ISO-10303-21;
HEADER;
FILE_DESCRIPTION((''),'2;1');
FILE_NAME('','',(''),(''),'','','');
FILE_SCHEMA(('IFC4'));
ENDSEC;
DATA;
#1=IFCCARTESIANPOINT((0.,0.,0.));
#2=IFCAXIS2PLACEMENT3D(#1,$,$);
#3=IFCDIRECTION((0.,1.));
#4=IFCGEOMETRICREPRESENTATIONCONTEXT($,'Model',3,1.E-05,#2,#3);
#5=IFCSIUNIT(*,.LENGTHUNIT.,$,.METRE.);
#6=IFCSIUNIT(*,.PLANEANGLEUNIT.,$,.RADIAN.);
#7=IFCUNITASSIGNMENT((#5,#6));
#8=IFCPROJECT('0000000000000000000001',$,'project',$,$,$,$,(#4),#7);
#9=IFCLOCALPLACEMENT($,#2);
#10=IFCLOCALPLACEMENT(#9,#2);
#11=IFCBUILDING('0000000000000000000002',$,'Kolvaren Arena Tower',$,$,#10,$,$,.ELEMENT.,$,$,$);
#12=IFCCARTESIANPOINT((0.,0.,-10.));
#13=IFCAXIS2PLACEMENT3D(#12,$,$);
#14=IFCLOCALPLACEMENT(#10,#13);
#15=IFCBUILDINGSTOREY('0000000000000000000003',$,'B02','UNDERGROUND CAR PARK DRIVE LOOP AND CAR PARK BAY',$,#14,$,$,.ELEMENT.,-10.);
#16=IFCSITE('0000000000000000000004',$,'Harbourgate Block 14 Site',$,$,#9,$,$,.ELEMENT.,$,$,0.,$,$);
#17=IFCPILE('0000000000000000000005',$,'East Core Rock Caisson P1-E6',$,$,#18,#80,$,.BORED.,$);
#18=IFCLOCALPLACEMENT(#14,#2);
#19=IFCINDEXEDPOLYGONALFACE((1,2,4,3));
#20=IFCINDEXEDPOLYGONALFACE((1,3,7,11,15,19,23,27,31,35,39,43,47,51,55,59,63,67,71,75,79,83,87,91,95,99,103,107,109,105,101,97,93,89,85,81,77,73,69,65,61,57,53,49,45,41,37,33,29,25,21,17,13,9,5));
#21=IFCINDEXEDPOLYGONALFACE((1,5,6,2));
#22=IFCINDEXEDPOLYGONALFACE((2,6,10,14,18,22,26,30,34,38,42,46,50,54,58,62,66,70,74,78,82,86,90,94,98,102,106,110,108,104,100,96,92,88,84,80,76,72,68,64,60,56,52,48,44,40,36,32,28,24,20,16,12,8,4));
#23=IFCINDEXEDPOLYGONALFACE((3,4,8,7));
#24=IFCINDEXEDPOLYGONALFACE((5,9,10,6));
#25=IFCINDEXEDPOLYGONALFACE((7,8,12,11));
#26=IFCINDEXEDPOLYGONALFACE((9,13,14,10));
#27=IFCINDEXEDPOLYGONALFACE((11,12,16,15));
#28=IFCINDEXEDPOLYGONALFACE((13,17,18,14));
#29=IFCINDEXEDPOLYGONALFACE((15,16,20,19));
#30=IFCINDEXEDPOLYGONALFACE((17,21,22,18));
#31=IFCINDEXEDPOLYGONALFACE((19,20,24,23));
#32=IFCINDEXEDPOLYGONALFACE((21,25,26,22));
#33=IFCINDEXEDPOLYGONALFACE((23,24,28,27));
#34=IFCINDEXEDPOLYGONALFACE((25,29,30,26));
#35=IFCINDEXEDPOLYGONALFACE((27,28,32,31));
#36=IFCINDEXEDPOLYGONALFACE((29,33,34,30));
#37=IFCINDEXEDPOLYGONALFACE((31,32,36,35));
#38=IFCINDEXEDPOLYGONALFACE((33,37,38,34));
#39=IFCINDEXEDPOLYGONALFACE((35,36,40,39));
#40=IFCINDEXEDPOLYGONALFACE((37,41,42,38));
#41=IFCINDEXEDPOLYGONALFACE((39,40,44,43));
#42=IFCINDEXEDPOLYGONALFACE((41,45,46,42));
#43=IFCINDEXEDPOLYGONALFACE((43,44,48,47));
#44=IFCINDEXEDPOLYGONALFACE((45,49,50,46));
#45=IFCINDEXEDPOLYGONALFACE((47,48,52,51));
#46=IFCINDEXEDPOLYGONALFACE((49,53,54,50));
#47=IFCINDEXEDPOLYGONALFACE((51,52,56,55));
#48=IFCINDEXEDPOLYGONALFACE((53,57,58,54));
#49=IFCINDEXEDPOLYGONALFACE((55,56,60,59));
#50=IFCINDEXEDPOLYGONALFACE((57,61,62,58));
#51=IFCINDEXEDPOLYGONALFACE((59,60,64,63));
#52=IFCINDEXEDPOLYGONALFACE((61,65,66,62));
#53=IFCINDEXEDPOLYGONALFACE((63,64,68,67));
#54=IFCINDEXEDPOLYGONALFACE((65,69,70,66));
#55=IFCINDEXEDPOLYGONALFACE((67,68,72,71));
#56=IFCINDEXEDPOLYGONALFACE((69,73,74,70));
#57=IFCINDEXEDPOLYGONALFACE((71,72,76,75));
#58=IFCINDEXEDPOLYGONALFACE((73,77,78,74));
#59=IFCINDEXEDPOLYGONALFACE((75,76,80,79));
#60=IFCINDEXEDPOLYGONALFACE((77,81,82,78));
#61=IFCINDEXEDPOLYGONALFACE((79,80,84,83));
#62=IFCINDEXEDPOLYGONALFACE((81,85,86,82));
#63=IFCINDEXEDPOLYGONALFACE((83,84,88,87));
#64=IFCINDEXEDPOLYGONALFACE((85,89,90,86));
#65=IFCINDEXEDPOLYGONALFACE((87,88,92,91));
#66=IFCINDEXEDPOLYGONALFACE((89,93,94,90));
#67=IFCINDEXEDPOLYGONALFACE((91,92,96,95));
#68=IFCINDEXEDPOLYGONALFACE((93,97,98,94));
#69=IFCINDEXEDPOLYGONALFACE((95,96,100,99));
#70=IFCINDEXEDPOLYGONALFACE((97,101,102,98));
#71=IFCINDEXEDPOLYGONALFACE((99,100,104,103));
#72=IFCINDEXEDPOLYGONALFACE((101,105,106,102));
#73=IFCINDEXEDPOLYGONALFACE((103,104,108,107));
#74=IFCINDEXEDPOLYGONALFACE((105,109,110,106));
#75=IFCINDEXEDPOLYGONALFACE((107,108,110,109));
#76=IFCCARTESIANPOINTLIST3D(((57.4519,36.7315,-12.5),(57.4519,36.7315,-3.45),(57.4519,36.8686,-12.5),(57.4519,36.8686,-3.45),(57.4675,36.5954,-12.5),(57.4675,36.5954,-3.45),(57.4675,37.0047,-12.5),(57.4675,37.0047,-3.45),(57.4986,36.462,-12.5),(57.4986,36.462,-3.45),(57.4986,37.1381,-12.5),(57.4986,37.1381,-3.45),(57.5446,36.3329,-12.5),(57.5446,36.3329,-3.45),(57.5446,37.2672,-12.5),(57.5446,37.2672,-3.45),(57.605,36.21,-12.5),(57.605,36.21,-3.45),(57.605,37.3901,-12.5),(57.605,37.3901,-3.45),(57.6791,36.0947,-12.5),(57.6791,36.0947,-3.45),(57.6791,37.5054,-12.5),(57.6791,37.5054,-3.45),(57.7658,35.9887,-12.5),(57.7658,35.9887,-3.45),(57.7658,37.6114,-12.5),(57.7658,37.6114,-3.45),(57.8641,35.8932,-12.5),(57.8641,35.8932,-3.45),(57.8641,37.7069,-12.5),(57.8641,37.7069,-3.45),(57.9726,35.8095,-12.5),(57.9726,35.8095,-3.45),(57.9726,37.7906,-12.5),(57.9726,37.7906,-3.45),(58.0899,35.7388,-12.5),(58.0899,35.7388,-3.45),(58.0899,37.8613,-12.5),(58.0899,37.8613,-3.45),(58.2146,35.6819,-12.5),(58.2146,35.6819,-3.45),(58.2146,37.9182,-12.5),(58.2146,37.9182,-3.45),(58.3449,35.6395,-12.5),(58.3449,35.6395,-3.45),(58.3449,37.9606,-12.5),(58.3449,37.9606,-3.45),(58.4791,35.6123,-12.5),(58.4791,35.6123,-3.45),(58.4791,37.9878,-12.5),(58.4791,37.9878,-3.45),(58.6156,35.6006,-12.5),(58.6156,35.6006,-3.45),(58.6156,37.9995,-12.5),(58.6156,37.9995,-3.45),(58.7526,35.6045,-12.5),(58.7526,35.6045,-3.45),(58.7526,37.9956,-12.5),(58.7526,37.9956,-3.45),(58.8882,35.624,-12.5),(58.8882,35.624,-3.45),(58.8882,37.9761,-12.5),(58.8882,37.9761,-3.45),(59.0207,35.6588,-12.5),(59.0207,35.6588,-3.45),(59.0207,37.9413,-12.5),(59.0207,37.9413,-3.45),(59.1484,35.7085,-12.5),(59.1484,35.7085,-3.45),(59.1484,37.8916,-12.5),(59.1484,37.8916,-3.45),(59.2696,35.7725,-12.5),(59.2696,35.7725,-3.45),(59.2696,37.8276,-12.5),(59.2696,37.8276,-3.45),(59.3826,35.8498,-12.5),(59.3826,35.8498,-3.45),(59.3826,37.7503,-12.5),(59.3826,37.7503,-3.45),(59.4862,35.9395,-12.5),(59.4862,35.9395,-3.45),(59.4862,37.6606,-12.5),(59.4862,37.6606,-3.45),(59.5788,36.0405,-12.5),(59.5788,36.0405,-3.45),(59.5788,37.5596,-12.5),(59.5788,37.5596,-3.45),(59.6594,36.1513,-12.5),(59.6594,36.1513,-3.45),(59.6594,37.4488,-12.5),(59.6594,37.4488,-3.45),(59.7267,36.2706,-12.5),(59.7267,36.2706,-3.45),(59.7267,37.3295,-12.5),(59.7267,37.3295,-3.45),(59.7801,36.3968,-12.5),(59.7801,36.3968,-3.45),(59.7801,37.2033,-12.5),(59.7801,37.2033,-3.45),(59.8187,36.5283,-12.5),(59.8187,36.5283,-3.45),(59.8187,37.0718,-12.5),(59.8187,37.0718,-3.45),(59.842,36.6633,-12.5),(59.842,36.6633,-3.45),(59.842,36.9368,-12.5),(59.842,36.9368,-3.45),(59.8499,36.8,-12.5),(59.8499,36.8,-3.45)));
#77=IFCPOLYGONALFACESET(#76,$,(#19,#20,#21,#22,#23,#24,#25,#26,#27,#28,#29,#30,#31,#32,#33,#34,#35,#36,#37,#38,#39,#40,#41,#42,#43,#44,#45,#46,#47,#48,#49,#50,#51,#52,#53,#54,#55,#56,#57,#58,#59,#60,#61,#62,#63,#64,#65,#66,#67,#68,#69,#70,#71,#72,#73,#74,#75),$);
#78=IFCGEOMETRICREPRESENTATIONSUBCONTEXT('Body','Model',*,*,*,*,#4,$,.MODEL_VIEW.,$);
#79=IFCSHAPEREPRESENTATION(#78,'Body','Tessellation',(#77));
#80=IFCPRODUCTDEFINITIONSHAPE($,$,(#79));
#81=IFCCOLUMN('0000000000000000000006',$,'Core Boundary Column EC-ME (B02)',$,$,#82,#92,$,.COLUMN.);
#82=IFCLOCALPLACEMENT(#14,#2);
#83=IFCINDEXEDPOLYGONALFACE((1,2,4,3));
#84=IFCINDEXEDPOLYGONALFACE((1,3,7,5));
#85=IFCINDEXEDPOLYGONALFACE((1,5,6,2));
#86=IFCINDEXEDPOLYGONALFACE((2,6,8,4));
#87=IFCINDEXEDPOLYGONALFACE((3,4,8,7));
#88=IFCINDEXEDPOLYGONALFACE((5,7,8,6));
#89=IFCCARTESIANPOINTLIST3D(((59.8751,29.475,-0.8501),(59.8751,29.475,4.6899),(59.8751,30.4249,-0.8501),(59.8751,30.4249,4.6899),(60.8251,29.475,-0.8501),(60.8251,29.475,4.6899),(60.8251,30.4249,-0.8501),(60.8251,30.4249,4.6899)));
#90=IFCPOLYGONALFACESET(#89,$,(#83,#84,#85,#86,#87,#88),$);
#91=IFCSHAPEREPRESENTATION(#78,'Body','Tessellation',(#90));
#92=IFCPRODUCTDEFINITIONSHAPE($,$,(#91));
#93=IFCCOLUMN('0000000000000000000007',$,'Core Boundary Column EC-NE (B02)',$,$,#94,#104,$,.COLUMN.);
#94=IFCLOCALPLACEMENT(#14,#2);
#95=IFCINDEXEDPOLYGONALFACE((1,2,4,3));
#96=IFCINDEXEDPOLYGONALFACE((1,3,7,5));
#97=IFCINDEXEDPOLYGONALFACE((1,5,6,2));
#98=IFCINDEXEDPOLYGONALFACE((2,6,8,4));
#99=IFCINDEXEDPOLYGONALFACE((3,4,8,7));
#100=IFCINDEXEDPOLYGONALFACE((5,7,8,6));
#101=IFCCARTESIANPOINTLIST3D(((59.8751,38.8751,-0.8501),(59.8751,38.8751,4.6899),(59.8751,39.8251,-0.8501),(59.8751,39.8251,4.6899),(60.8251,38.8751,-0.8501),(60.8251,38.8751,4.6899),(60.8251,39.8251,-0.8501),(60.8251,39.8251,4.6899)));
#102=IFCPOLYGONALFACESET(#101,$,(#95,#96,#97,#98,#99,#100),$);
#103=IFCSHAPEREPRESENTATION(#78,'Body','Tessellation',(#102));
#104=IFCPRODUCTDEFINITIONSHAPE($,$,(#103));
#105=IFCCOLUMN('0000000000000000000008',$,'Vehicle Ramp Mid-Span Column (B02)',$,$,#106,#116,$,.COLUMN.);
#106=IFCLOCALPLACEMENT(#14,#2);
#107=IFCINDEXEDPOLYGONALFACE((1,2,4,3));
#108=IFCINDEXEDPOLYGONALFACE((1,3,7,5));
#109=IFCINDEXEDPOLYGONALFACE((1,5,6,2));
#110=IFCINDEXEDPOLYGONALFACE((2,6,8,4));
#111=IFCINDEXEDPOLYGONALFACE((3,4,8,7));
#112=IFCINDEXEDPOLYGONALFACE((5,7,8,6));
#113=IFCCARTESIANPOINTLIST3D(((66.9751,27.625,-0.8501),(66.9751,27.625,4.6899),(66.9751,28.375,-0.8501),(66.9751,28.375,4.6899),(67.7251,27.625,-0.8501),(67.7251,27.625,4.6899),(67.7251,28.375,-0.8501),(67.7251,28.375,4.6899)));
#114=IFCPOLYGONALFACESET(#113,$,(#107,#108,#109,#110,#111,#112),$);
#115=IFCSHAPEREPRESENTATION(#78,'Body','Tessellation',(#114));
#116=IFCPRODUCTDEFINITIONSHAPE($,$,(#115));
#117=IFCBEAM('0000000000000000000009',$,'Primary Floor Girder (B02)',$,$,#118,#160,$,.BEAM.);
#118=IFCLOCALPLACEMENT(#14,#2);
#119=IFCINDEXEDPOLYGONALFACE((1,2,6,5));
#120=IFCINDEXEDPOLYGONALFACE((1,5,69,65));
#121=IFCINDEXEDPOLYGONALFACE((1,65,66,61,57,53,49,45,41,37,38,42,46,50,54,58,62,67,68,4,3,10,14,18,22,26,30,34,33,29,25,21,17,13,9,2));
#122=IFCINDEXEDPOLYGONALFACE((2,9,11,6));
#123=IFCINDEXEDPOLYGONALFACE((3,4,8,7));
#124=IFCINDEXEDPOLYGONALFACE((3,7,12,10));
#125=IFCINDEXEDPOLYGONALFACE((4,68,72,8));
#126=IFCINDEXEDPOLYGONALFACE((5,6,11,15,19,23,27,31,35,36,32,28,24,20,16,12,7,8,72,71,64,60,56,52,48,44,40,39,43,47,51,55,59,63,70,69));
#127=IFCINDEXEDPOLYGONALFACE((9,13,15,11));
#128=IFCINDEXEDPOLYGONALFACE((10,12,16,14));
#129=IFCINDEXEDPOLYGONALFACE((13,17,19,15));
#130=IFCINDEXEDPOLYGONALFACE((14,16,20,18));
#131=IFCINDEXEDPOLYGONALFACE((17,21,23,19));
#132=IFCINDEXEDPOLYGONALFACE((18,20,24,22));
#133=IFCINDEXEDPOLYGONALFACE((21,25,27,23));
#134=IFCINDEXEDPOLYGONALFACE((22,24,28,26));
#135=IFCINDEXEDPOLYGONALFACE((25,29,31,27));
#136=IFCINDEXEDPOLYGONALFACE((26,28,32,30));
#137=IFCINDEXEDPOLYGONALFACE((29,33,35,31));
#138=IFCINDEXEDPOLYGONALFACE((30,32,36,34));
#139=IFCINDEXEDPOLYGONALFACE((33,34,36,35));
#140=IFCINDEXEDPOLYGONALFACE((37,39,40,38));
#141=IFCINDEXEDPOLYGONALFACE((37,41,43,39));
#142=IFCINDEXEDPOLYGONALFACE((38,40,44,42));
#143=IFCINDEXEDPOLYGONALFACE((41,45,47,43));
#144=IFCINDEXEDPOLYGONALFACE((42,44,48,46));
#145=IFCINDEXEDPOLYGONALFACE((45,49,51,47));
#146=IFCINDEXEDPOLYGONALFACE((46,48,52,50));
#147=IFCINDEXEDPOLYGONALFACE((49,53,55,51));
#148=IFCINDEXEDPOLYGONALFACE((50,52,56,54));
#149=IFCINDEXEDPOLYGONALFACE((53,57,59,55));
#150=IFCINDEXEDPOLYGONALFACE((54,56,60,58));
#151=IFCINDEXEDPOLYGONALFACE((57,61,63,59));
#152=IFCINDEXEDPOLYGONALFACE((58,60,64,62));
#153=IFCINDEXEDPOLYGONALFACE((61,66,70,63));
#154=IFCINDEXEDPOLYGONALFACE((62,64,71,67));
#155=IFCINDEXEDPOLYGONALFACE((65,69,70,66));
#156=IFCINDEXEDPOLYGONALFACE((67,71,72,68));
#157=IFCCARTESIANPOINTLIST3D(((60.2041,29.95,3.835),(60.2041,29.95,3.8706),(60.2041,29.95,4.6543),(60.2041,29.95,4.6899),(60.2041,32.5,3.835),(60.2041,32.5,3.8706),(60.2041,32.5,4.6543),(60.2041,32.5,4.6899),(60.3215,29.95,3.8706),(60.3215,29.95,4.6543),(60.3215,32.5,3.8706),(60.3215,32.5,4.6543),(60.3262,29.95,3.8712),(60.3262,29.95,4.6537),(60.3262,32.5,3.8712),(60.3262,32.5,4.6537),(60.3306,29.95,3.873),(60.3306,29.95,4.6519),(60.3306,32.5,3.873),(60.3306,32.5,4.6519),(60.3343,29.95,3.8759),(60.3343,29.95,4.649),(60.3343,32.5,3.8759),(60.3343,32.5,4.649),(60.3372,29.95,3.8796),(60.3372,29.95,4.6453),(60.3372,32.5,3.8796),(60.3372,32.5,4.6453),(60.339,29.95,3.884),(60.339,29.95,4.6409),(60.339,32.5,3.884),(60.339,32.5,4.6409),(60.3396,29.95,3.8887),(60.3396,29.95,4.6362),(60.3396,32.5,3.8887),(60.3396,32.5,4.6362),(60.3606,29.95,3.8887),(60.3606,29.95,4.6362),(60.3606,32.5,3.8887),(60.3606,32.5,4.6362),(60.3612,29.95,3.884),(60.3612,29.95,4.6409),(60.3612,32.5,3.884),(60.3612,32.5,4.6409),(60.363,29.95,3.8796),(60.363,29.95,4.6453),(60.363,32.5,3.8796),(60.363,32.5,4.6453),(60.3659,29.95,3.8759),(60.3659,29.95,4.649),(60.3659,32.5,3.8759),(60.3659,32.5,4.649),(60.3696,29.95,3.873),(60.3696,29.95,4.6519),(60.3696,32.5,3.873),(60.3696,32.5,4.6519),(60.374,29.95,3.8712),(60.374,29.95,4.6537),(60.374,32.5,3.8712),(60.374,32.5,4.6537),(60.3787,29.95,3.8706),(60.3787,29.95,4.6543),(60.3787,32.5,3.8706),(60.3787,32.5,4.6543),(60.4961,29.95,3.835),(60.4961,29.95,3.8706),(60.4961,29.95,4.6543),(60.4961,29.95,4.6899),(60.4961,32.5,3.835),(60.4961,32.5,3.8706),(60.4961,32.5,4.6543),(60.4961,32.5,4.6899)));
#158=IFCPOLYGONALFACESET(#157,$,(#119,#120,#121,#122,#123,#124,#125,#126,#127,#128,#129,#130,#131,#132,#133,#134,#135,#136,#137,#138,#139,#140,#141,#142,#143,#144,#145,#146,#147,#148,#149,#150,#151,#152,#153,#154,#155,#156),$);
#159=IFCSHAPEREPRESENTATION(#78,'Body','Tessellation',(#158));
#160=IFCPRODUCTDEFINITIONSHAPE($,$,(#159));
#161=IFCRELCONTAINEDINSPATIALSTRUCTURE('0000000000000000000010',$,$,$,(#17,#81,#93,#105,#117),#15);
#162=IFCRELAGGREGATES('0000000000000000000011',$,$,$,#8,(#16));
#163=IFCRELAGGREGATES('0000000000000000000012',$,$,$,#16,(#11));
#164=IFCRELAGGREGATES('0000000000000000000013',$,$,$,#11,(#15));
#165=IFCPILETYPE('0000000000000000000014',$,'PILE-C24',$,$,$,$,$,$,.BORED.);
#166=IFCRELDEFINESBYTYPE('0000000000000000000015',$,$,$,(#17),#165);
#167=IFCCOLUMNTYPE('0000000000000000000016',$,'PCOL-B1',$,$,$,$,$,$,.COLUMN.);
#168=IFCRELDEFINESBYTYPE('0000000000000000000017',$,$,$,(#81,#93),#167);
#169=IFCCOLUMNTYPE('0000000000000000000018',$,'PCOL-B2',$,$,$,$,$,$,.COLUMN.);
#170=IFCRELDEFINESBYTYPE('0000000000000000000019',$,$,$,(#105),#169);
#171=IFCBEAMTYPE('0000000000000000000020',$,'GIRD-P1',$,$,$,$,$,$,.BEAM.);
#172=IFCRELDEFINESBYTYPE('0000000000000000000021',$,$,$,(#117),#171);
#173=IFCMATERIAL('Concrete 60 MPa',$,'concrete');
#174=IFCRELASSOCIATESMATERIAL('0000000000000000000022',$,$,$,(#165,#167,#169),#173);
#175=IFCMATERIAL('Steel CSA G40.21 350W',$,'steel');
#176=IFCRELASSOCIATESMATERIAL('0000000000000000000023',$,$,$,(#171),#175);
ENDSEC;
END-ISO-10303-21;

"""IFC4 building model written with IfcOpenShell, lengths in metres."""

from ifc_helpers import new_model, si_unit, direction, frame, origin, origin_2d, place, context, subcontext, project, spatial, rectangle, circle, i_section, extrude, material, material_profile, profile_set, type_object, element, save


model = new_model("IFC4")

# Units and contexts
model_context = context("Model", 3, precision=1e-05, world=origin(), true_north=direction((0.0, 1.0)))
body_context = subcontext(model_context, "Body", "Model", "MODEL_VIEW")
ifc_project = project(units=[si_unit("LENGTHUNIT", "METRE"), si_unit("PLANEANGLEUNIT", "RADIAN")], contexts=[model_context])

# Site, building, storey
site_placement = place(None, origin())
site = spatial("IfcSite", under=ifc_project, at=site_placement, Name="Harbourgate Block 14 Site", CompositionType="ELEMENT", RefElevation=0.0)
building_placement = place(site_placement, origin())
building = spatial("IfcBuilding", under=site, at=building_placement, Name="Kolvaren Arena Tower", CompositionType="ELEMENT")
storey_placement = place(building_placement, frame((0.0, 0.0, -10.0)))
storey = spatial("IfcBuildingStorey", under=building, at=storey_placement, Name="B02", Description="UNDERGROUND CAR PARK DRIVE LOOP AND CAR PARK BAY", CompositionType="ELEMENT", Elevation=-10.0)

# Pile
ifc_material_1 = material(Name="Concrete 60 MPa", Category="concrete")
ifc_material_profile_1 = material_profile(ifc_material_1, circle(Radius=1.2, at=origin_2d()), Name="CAISSON-D2400")
ifc_profile_set_1 = profile_set([ifc_material_profile_1], Name="Concrete 60 MPa")
pile_type_1 = type_object("IfcPileType", Name="PILE-C24", PredefinedType="BORED", material=ifc_profile_set_1)
for number, where, z_axis, x_axis, name in (
    (1, (58.6499, 36.8, -3.45), (0.0, 0.0, -1.0), (1.0, 0.0, 0.0), "East Core Rock Caisson P1-E6"),
):
    element("IfcPile", number, at=place(storey_placement, frame(where, z_axis=z_axis, x_axis=x_axis)), inside=storey, type_object=pile_type_1, Name=name, PredefinedType="BORED", context=body_context, shape_type="SweptSolid", body=[
        extrude(circle(Radius=1.2, at=origin_2d()), origin(), (0.0, 0.0, 1.0), 9.05),
    ])

# Columns
ifc_material_profile_2 = material_profile(ifc_material_1, rectangle(XDim=0.95, YDim=0.95, at=origin_2d()), Name="RC-950x950")
ifc_profile_set_2 = profile_set([ifc_material_profile_2], Name="Concrete 60 MPa")
column_type_1 = type_object("IfcColumnType", Name="PCOL-B1", PredefinedType="COLUMN", material=ifc_profile_set_2)
for number, where, z_axis, x_axis, name in (
    (2, (60.3501, 29.95, -0.8501), (0.0, 0.0, 1.0), (1.0, 0.0, 0.0), "Core Boundary Column EC-ME (B02)"),
    (3, (60.3501, 39.3501, -0.8501), (0.0, 0.0, 1.0), (1.0, 0.0, 0.0), "Core Boundary Column EC-NE (B02)"),
):
    element("IfcColumn", number, at=place(storey_placement, frame(where, z_axis=z_axis, x_axis=x_axis)), inside=storey, type_object=column_type_1, Name=name, PredefinedType="COLUMN", context=body_context, shape_type="SweptSolid", body=[
        extrude(rectangle(XDim=0.95, YDim=0.95, at=origin_2d()), origin(), (0.0, 0.0, 1.0), 5.54),
    ])
ifc_material_profile_3 = material_profile(ifc_material_1, rectangle(XDim=0.75, YDim=0.75, at=origin_2d()), Name="RC-750x750")
ifc_profile_set_3 = profile_set([ifc_material_profile_3], Name="Concrete 60 MPa")
column_type_2 = type_object("IfcColumnType", Name="PCOL-B2", PredefinedType="COLUMN", material=ifc_profile_set_3)
column_placement = place(storey_placement, frame((67.3501, 28.0, -0.8501), z_axis=(0.0, 0.0, 1.0), x_axis=(1.0, 0.0, 0.0)))
element("IfcColumn", 4, at=column_placement, inside=storey, type_object=column_type_2, Name="Vehicle Ramp Mid-Span Column (B02)", PredefinedType="COLUMN", context=body_context, shape_type="SweptSolid", body=[
    extrude(rectangle(XDim=0.75, YDim=0.75, at=origin_2d()), origin(), (0.0, 0.0, 1.0), 5.54),
])

# Beam
ifc_material_2 = material(Name="Steel CSA G40.21 350W", Category="steel")
ifc_material_profile_4 = material_profile(ifc_material_2, i_section(OverallWidth=0.292, OverallDepth=0.855, WebThickness=0.021, FlangeThickness=0.0356, FilletRadius=0.0181, at=origin_2d()), Name="W840x299")
ifc_profile_set_4 = profile_set([ifc_material_profile_4], Name="Steel CSA G40.21 350W")
beam_type_1 = type_object("IfcBeamType", Name="GIRD-P1", PredefinedType="BEAM", material=ifc_profile_set_4)
beam_1_placement = place(storey_placement, frame((60.3501, 29.95, 4.2625), z_axis=(0.0, 1.0, 0.0), x_axis=(-1.0, 0.0, 0.0)))
element("IfcBeam", 5, at=beam_1_placement, inside=storey, type_object=beam_type_1, Name="Primary Floor Girder (B02)", PredefinedType="BEAM", context=body_context, shape_type="SweptSolid", body=[
    extrude(i_section(OverallWidth=0.292, OverallDepth=0.855, WebThickness=0.021, FlangeThickness=0.0356, FilletRadius=0.0181, at=origin_2d()), origin(), (0.0, 0.0, 1.0), 2.55),
])

save(model, "model.ifc")
